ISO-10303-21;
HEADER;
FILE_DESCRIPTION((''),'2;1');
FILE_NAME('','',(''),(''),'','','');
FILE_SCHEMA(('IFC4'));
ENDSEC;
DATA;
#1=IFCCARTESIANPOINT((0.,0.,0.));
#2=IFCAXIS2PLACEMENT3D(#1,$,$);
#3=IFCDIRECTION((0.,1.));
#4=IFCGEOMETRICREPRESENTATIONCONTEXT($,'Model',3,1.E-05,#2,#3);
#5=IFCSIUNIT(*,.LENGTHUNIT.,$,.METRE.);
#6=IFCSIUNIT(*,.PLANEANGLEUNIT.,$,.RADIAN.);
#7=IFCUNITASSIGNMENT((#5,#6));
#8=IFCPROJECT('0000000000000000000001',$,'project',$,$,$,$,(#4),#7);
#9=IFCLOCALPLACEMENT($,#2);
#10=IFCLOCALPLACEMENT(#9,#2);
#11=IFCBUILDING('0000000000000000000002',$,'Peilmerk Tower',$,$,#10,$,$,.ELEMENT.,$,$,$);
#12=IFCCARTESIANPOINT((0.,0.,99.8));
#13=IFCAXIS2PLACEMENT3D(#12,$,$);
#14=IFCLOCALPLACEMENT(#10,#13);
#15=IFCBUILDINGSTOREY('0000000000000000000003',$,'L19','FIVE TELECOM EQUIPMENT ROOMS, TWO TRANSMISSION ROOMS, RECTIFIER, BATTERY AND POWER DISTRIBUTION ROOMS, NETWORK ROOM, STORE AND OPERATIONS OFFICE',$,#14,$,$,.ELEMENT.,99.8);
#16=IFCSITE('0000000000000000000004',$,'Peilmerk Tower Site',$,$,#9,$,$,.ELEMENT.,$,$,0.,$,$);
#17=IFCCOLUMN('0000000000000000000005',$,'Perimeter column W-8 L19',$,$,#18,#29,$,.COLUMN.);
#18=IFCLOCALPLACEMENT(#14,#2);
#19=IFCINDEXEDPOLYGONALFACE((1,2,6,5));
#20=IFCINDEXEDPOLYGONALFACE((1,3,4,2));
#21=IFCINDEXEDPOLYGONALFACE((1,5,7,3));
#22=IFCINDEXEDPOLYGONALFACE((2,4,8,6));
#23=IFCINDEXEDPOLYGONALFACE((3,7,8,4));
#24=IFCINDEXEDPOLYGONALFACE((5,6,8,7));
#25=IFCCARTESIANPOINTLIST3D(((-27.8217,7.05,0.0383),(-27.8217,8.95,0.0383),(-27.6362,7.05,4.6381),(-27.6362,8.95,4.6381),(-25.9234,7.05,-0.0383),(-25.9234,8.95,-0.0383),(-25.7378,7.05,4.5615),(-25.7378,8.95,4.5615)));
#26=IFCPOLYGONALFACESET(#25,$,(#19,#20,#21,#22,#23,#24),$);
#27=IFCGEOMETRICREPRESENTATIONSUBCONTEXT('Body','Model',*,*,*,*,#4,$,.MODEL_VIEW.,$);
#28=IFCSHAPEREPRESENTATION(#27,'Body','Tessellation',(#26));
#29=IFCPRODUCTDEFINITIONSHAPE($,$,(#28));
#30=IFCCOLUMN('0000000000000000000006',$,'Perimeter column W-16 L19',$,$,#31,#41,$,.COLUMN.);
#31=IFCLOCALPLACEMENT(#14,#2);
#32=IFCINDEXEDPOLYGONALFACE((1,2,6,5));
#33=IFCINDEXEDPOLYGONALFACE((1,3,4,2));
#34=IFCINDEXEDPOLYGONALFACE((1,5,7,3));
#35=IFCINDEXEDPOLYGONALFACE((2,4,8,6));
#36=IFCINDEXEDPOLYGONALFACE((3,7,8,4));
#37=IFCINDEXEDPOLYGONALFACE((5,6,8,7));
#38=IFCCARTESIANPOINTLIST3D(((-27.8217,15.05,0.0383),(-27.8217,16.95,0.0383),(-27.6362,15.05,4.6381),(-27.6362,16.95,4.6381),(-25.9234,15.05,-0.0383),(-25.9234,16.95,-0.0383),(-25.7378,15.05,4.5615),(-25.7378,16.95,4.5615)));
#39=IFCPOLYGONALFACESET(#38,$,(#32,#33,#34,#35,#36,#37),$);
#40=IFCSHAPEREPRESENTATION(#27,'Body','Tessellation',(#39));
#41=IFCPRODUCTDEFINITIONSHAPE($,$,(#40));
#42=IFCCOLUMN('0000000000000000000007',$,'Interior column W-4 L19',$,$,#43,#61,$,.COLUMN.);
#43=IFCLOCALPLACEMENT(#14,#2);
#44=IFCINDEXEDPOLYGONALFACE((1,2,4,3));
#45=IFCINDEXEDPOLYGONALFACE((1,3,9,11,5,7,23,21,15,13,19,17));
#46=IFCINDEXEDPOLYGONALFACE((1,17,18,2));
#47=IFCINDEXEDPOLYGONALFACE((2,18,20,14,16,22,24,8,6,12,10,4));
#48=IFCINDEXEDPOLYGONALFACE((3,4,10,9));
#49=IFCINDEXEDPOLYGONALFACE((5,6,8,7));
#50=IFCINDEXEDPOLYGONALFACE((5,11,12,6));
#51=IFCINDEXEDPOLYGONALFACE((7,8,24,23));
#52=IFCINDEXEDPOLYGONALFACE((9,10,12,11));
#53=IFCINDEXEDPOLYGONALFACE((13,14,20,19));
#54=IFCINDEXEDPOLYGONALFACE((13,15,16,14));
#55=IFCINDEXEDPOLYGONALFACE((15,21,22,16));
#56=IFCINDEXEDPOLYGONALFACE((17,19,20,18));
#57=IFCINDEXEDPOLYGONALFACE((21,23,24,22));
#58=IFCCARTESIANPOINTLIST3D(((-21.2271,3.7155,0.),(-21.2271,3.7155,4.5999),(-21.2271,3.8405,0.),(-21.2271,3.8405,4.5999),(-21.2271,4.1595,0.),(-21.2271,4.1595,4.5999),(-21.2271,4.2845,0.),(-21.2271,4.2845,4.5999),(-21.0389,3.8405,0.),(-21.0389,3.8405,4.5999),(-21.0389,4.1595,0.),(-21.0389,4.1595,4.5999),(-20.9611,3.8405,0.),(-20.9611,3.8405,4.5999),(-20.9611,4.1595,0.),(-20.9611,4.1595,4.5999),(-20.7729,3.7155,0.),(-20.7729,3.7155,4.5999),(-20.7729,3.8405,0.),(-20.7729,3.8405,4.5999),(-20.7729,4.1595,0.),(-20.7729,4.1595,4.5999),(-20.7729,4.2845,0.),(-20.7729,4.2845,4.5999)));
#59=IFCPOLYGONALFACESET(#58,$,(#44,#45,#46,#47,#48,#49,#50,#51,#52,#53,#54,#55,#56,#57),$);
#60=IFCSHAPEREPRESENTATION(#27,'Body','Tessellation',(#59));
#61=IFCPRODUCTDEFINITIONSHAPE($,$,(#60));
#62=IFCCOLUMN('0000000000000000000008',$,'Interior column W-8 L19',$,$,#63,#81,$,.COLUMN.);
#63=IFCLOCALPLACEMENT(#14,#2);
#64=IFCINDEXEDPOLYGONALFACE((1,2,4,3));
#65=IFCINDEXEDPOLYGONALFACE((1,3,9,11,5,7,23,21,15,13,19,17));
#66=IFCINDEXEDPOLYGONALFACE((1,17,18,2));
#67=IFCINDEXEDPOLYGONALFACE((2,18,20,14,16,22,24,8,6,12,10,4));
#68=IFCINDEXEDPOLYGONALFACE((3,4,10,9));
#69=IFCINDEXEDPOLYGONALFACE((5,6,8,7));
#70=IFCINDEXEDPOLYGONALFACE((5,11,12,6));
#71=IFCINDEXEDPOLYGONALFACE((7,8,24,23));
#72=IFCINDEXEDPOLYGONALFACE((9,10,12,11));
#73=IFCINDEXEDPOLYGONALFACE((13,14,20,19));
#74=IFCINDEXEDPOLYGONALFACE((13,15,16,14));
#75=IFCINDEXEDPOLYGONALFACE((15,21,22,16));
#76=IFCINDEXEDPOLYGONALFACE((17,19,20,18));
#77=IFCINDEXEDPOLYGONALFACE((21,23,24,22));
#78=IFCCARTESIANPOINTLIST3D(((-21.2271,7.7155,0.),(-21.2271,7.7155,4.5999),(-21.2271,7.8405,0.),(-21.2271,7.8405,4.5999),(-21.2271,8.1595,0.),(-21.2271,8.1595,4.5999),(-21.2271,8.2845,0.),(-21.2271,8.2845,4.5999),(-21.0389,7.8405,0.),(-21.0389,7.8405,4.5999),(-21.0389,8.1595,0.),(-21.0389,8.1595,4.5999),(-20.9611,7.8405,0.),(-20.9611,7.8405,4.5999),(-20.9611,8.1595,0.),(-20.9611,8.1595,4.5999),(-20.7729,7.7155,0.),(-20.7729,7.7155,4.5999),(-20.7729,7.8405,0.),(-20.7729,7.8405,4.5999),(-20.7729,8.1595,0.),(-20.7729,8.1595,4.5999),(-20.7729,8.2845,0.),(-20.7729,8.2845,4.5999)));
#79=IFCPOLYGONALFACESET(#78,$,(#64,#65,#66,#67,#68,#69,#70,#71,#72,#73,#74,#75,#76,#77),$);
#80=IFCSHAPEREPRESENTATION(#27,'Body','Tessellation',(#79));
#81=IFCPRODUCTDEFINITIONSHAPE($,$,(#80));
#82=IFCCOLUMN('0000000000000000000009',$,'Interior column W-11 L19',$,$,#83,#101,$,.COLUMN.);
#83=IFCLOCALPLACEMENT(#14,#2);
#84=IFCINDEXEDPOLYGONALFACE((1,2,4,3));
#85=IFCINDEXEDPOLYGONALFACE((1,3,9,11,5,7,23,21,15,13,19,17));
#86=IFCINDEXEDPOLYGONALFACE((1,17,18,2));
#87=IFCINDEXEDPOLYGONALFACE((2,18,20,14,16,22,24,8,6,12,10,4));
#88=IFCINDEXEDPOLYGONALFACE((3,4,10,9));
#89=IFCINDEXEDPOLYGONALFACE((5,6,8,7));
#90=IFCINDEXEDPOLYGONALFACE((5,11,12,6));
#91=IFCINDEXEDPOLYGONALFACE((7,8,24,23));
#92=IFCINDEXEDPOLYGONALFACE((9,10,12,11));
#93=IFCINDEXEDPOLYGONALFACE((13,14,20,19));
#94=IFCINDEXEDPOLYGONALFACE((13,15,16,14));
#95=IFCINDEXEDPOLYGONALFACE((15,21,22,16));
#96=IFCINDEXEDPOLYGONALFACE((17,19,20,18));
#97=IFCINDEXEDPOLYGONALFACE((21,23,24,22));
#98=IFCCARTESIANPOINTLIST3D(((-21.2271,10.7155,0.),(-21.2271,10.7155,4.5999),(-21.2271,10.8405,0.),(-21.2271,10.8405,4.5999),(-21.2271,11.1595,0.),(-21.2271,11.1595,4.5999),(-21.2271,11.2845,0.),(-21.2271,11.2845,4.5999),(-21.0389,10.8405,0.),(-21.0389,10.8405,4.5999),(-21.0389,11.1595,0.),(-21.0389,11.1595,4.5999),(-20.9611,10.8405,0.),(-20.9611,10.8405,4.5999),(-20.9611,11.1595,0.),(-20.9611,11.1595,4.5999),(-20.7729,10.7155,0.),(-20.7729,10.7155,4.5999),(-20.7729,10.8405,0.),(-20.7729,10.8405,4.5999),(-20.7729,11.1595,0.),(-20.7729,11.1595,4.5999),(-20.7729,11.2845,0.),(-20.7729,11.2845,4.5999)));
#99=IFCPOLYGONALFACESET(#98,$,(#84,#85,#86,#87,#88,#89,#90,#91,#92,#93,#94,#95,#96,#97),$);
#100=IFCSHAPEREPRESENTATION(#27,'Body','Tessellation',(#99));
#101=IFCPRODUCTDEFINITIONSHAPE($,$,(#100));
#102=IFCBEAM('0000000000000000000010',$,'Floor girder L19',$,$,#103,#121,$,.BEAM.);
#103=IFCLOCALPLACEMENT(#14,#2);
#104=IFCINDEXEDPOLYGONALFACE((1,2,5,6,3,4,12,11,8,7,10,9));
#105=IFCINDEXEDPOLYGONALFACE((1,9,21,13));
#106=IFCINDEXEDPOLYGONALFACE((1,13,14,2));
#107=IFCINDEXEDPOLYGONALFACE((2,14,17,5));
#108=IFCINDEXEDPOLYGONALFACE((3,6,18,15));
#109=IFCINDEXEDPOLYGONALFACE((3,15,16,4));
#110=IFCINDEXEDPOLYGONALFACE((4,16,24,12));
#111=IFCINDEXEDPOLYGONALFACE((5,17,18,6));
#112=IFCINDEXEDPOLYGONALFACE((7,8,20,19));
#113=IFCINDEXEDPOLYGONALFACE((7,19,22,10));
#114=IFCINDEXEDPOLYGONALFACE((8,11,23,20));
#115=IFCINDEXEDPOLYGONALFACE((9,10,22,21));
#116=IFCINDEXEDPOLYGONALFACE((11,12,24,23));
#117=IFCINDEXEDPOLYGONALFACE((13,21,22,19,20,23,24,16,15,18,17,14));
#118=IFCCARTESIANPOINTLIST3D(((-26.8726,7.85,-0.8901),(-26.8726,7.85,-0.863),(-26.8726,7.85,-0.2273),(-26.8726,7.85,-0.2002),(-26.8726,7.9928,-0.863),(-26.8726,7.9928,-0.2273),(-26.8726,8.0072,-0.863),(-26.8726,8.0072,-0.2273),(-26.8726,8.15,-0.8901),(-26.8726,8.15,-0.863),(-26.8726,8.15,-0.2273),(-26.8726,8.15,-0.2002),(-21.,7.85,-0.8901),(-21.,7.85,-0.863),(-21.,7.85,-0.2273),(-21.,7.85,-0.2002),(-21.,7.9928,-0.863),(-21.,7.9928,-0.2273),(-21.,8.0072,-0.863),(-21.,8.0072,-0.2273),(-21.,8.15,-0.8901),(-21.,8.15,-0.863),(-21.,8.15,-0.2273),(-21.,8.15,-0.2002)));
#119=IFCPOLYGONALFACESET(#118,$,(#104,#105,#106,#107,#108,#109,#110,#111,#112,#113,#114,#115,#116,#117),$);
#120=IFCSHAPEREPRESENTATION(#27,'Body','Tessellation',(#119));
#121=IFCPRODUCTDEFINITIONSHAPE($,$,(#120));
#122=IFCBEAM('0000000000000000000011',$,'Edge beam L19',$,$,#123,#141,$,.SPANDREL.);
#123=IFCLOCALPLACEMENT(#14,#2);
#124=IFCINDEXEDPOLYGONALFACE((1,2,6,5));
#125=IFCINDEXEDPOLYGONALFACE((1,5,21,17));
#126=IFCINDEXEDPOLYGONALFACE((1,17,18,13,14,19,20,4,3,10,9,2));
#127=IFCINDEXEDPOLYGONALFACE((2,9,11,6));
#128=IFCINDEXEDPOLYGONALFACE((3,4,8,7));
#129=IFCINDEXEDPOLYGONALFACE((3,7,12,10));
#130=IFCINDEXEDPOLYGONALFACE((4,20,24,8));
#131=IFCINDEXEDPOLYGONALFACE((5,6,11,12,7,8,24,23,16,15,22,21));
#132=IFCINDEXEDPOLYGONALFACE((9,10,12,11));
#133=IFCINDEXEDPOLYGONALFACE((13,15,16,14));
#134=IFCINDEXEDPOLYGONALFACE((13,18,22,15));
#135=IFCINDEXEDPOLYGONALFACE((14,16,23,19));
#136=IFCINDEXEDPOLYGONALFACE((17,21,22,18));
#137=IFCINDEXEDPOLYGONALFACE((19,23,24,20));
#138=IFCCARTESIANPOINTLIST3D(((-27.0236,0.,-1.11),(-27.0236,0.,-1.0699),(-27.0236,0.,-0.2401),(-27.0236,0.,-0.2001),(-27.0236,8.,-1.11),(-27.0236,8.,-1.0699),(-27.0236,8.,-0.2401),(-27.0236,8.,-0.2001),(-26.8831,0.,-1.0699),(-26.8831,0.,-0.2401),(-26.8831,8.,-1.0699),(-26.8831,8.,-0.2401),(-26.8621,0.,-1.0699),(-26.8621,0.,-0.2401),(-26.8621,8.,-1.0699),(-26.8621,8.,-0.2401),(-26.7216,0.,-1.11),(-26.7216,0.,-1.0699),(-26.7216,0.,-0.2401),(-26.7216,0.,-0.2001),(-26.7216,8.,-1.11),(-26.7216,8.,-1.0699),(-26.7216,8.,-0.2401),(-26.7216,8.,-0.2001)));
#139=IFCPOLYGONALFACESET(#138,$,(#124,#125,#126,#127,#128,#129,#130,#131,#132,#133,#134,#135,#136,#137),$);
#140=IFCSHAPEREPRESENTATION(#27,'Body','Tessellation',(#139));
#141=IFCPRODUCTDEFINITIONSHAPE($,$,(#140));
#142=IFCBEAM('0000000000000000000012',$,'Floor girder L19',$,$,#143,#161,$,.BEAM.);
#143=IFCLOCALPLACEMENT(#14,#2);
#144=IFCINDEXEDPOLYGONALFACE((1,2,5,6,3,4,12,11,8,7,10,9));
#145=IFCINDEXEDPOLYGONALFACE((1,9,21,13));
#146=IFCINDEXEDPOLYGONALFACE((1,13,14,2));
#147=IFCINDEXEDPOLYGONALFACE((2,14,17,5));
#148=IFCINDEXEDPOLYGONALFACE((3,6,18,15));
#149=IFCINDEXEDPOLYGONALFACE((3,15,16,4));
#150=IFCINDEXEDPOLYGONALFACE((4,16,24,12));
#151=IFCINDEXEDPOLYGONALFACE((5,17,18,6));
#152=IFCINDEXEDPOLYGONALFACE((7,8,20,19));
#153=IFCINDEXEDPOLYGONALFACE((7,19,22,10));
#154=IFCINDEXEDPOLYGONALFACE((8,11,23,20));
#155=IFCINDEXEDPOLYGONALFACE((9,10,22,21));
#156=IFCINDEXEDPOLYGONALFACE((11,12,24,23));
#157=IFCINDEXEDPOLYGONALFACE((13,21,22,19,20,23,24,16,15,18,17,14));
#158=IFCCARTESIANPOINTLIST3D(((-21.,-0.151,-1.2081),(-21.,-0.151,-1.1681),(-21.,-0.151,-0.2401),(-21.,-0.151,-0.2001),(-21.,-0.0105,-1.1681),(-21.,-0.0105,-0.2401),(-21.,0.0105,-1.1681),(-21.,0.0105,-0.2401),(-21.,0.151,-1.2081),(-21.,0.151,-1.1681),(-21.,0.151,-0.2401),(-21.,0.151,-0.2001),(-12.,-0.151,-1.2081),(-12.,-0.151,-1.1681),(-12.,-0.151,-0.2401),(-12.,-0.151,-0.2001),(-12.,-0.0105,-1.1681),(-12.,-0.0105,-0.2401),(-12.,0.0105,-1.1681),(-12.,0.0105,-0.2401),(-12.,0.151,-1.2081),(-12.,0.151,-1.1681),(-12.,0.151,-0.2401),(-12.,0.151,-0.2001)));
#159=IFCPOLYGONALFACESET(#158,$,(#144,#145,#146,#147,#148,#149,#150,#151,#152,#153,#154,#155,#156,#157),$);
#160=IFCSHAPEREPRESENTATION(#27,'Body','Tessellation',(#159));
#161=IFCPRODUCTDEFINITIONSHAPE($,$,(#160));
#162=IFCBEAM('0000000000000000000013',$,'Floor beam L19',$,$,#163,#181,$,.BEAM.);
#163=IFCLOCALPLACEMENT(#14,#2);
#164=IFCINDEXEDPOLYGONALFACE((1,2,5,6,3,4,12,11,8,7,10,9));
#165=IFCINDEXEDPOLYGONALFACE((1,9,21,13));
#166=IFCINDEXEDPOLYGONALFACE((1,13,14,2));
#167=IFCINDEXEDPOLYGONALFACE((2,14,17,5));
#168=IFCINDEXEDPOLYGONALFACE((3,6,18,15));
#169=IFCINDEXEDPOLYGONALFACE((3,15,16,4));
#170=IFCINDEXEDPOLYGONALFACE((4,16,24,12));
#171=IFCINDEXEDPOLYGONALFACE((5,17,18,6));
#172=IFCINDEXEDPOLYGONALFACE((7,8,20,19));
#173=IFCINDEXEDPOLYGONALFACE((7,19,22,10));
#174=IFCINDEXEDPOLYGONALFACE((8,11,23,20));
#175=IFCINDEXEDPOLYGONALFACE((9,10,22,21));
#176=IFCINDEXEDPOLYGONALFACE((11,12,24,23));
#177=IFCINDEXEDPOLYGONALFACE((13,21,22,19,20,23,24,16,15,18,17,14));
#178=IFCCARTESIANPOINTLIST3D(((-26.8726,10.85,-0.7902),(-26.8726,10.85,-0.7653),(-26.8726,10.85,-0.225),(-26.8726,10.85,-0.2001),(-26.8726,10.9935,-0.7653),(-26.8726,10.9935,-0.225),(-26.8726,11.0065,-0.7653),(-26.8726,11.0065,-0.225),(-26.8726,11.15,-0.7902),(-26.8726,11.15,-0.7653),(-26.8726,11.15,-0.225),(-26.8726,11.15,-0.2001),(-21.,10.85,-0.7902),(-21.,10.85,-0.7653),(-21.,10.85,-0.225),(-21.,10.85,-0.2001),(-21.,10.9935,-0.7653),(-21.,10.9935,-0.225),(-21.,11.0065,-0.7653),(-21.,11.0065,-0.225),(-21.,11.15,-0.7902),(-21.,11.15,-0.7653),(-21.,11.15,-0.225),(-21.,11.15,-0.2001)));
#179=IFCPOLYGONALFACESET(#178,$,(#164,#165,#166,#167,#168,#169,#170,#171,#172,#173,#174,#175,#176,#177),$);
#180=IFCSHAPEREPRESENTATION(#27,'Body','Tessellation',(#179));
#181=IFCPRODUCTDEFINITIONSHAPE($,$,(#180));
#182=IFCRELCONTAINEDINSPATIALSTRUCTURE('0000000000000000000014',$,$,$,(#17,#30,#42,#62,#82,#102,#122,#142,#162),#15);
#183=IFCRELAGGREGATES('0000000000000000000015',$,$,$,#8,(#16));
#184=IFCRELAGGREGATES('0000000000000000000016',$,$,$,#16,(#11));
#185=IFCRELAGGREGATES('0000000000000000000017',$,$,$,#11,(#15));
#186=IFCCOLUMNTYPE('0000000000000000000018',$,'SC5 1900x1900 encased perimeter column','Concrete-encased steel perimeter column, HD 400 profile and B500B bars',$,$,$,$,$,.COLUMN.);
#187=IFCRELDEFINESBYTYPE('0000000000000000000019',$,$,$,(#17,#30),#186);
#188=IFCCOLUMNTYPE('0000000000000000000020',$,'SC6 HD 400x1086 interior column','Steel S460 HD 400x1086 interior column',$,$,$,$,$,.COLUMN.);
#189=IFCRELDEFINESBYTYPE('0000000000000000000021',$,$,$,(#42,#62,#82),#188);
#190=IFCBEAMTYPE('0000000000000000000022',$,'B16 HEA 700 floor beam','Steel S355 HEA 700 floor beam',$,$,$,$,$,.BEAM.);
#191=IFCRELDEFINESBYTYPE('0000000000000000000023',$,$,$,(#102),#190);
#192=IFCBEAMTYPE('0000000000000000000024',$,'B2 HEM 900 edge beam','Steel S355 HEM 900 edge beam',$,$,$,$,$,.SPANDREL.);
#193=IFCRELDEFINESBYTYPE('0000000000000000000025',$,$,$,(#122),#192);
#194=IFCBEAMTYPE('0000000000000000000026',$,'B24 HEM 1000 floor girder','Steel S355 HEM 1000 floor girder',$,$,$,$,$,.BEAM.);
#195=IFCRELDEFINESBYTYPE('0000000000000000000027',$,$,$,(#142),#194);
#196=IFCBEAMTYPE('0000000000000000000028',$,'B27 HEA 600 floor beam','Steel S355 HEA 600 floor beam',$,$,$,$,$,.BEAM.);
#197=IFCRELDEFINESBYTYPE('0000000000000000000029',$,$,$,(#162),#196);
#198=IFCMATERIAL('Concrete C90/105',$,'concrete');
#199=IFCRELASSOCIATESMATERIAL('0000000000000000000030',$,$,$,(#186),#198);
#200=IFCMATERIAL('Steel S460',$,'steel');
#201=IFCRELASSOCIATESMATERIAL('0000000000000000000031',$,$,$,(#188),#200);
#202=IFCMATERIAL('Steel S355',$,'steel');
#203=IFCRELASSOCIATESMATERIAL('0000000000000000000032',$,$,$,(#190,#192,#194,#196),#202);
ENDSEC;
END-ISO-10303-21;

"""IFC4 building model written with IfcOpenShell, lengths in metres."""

from ifc_helpers import new_model, si_unit, direction, frame, origin, origin_2d, place, context, subcontext, project, spatial, rectangle, i_section, extrude, material, material_profile, profile_set, type_object, element, save


model = new_model("IFC4")

# Units and contexts
model_context = context("Model", 3, precision=1e-05, world=origin(), true_north=direction((0.0, 1.0)))
body_context = subcontext(model_context, "Body", "Model", "MODEL_VIEW")
ifc_project = project(units=[si_unit("LENGTHUNIT", "METRE"), si_unit("PLANEANGLEUNIT", "RADIAN")], contexts=[model_context])

# Site, building, storey
site_placement = place(None, origin())
site = spatial("IfcSite", under=ifc_project, at=site_placement, Name="Peilmerk Tower Site", CompositionType="ELEMENT", RefElevation=0.0)
building_placement = place(site_placement, origin())
building = spatial("IfcBuilding", under=site, at=building_placement, Name="Peilmerk Tower", CompositionType="ELEMENT")
storey_placement = place(building_placement, frame((0.0, 0.0, 99.8)))
storey = spatial("IfcBuildingStorey", under=building, at=storey_placement, Name="L19", Description="FIVE TELECOM EQUIPMENT ROOMS, TWO TRANSMISSION ROOMS, RECTIFIER, BATTERY AND POWER DISTRIBUTION ROOMS, NETWORK ROOM, STORE AND OPERATIONS OFFICE", CompositionType="ELEMENT", Elevation=99.8)

# Columns
ifc_material_1 = material(Name="Concrete C90/105", Category="concrete")
ifc_material_profile_1 = material_profile(ifc_material_1, rectangle(XDim=1.8999, YDim=1.8999, at=origin_2d()), Name="RC 1900x1900")
ifc_profile_set_1 = profile_set([ifc_material_profile_1], Name="Concrete C90/105")
column_type_1 = type_object("IfcColumnType", Name="SC5 1900x1900 encased perimeter column", Description="Concrete-encased steel perimeter column, HD 400 profile and B500B bars", PredefinedType="COLUMN", material=ifc_profile_set_1)
for number, where, z_axis, x_axis, name in (
    (1, (-26.8726, 8.0, 0.0), (0.040305, 0.0, 0.999187), (0.0, 1.0, 0.0), "Perimeter column W-8 L19"),
    (2, (-26.8726, 16.0, 0.0), (0.040305, 0.0, 0.999187), (0.0, 1.0, 0.0), "Perimeter column W-16 L19"),
):
    element("IfcColumn", number, at=place(storey_placement, frame(where, z_axis=z_axis, x_axis=x_axis)), inside=storey, type_object=column_type_1, Name=name, PredefinedType="COLUMN", context=body_context, shape_type="SweptSolid", body=[
        extrude(rectangle(XDim=1.8999, YDim=1.8999, at=origin_2d()), origin(), (0.0, 0.0, 1.0), 4.6035),
    ])
ifc_material_2 = material(Name="Steel S460", Category="steel")
ifc_material_profile_2 = material_profile(ifc_material_2, i_section(OverallWidth=0.4541, OverallDepth=0.5691, WebThickness=0.0779, FlangeThickness=0.125, at=origin_2d()), Name="HD 400x1086")
ifc_profile_set_2 = profile_set([ifc_material_profile_2], Name="Steel S460")
column_type_2 = type_object("IfcColumnType", Name="SC6 HD 400x1086 interior column", Description="Steel S460 HD 400x1086 interior column", PredefinedType="COLUMN", material=ifc_profile_set_2)
for number, where, z_axis, x_axis, name in (
    (3, (-21.0, 4.0, 0.0), (0.0, 0.0, 1.0), (1.0, 0.0, 0.0), "Interior column W-4 L19"),
    (4, (-21.0, 8.0, 0.0), (0.0, 0.0, 1.0), (1.0, 0.0, 0.0), "Interior column W-8 L19"),
    (5, (-21.0, 11.0, 0.0), (0.0, 0.0, 1.0), (1.0, 0.0, 0.0), "Interior column W-11 L19"),
):
    element("IfcColumn", number, at=place(storey_placement, frame(where, z_axis=z_axis, x_axis=x_axis)), inside=storey, type_object=column_type_2, Name=name, PredefinedType="COLUMN", context=body_context, shape_type="SweptSolid", body=[
        extrude(i_section(OverallWidth=0.4541, OverallDepth=0.5691, WebThickness=0.0779, FlangeThickness=0.125, at=origin_2d()), origin(), (0.0, 0.0, 1.0), 4.5999),
    ])

# Beams
ifc_material_3 = material(Name="Steel S355", Category="steel")
ifc_material_profile_3 = material_profile(ifc_material_3, i_section(OverallWidth=0.3, OverallDepth=0.6899, WebThickness=0.0144, FlangeThickness=0.0271, at=origin_2d()), Name="HEA 700")
ifc_profile_set_3 = profile_set([ifc_material_profile_3], Name="Steel S355")
beam_type_1 = type_object("IfcBeamType", Name="B16 HEA 700 floor beam", Description="Steel S355 HEA 700 floor beam", PredefinedType="BEAM", material=ifc_profile_set_3)
beam_1_placement = place(storey_placement, frame((-21.0, 8.0, -0.5452), z_axis=(-1.0, 0.0, 0.0), x_axis=(0.0, -1.0, 0.0)))
element("IfcBeam", 6, at=beam_1_placement, inside=storey, type_object=beam_type_1, Name="Floor girder L19", PredefinedType="BEAM", context=body_context, shape_type="SweptSolid", body=[
    extrude(i_section(OverallWidth=0.3, OverallDepth=0.6899, WebThickness=0.0144, FlangeThickness=0.0271, at=origin_2d()), origin(), (0.0, 0.0, 1.0), 5.8726),
])
ifc_material_profile_4 = material_profile(ifc_material_3, i_section(OverallWidth=0.302, OverallDepth=0.9099, WebThickness=0.021, FlangeThickness=0.04, at=origin_2d()), Name="HEM 900")
ifc_profile_set_4 = profile_set([ifc_material_profile_4], Name="Steel S355")
beam_type_2 = type_object("IfcBeamType", Name="B2 HEM 900 edge beam", Description="Steel S355 HEM 900 edge beam", PredefinedType="SPANDREL", material=ifc_profile_set_4)
beam_2_placement = place(storey_placement, frame((-26.8726, 8.0, -0.655), z_axis=(0.0, -1.0, 0.0), x_axis=(1.0, 0.0, 0.0)))
element("IfcBeam", 7, at=beam_2_placement, inside=storey, type_object=beam_type_2, Name="Edge beam L19", PredefinedType="SPANDREL", context=body_context, shape_type="SweptSolid", body=[
    extrude(i_section(OverallWidth=0.302, OverallDepth=0.9099, WebThickness=0.021, FlangeThickness=0.04, at=origin_2d()), origin(), (0.0, 0.0, 1.0), 8.0),
])
ifc_material_profile_5 = material_profile(ifc_material_3, i_section(OverallWidth=0.302, OverallDepth=1.0081, WebThickness=0.021, FlangeThickness=0.04, at=origin_2d()), Name="HEM 1000")
ifc_profile_set_5 = profile_set([ifc_material_profile_5], Name="Steel S355")
beam_type_3 = type_object("IfcBeamType", Name="B24 HEM 1000 floor girder", Description="Steel S355 HEM 1000 floor girder", PredefinedType="BEAM", material=ifc_profile_set_5)
beam_3_placement = place(storey_placement, frame((-12.0, 0.0, -0.7041), z_axis=(-1.0, 0.0, 0.0), x_axis=(0.0, -1.0, 0.0)))
element("IfcBeam", 8, at=beam_3_placement, inside=storey, type_object=beam_type_3, Name="Floor girder L19", PredefinedType="BEAM", context=body_context, shape_type="SweptSolid", body=[
    extrude(i_section(OverallWidth=0.302, OverallDepth=1.0081, WebThickness=0.021, FlangeThickness=0.04, at=origin_2d()), origin(), (0.0, 0.0, 1.0), 9.0),
])
ifc_material_profile_6 = material_profile(ifc_material_3, i_section(OverallWidth=0.3, OverallDepth=0.5901, WebThickness=0.0129, FlangeThickness=0.0249, at=origin_2d()), Name="HEA 600")
ifc_profile_set_6 = profile_set([ifc_material_profile_6], Name="Steel S355")
beam_type_4 = type_object("IfcBeamType", Name="B27 HEA 600 floor beam", Description="Steel S355 HEA 600 floor beam", PredefinedType="BEAM", material=ifc_profile_set_6)
for number, where, z_axis, x_axis, name in (
    (9, (-21.0, 11.0, -0.4951), (-1.0, 0.0, 0.0), (0.0, -1.0, 0.0), "Floor beam L19"),
):
    element("IfcBeam", number, at=place(storey_placement, frame(where, z_axis=z_axis, x_axis=x_axis)), inside=storey, type_object=beam_type_4, Name=name, PredefinedType="BEAM", context=body_context, shape_type="SweptSolid", body=[
        extrude(i_section(OverallWidth=0.3, OverallDepth=0.5901, WebThickness=0.0129, FlangeThickness=0.0249, at=origin_2d()), origin(), (0.0, 0.0, 1.0), 5.8726),
    ])

save(model, "model.ifc")
